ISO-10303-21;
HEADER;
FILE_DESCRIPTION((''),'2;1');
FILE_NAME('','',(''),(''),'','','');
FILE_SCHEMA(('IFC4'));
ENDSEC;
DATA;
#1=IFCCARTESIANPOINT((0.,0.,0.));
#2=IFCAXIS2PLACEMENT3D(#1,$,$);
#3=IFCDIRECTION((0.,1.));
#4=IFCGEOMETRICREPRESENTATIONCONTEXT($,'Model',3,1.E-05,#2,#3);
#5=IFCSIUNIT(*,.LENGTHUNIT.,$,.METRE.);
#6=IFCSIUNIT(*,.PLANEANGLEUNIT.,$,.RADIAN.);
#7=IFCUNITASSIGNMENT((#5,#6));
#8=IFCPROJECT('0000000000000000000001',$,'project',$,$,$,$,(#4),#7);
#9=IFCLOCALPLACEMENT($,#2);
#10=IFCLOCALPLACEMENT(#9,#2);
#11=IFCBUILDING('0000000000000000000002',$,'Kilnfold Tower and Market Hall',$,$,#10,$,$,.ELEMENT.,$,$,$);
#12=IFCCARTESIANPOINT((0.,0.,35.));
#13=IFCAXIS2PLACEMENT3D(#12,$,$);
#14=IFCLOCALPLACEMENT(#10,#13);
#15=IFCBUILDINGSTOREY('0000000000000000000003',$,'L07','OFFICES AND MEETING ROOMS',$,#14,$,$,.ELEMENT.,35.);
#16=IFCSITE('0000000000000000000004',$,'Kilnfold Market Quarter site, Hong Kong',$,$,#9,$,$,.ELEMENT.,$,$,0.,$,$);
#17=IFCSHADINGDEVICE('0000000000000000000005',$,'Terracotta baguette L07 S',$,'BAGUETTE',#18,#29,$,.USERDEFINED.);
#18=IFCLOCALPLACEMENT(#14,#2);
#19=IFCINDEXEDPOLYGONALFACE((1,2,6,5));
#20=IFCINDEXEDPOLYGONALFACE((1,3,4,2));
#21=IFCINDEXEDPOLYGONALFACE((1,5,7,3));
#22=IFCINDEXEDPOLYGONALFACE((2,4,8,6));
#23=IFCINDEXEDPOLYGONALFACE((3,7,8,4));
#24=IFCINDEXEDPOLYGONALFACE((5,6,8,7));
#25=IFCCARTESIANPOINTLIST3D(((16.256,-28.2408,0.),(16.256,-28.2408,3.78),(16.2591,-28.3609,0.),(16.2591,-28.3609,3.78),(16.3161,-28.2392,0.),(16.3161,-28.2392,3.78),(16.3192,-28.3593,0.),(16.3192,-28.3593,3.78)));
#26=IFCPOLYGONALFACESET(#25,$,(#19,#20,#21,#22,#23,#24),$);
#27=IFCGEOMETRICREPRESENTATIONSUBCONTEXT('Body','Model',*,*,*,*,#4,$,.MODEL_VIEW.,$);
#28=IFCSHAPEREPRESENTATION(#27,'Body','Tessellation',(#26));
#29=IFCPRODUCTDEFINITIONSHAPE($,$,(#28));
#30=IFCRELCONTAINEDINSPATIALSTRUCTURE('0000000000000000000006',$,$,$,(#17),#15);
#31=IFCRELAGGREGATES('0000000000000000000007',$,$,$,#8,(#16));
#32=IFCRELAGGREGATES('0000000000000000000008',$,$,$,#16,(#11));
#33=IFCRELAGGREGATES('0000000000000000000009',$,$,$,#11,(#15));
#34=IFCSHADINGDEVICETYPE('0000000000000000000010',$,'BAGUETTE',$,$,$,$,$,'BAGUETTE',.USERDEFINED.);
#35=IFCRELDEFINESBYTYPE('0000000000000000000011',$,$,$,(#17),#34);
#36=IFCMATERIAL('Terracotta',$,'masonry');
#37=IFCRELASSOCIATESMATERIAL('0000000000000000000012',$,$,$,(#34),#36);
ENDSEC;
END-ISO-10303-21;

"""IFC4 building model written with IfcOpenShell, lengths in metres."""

from ifc_helpers import new_model, si_unit, direction, frame, origin, origin_2d, place, context, subcontext, project, spatial, rectangle, extrude, source, transform, mapped, material, material_profile, profile_set, type_object, element, save


model = new_model("IFC4")

# Units and contexts
model_context = context("Model", 3, precision=1e-05, world=origin(), true_north=direction((0.0, 1.0)))
body_context = subcontext(model_context, "Body", "Model", "MODEL_VIEW")
ifc_project = project(units=[si_unit("LENGTHUNIT", "METRE"), si_unit("PLANEANGLEUNIT", "RADIAN")], contexts=[model_context])

# Site, building, storey
site_placement = place(None, origin())
site = spatial("IfcSite", under=ifc_project, at=site_placement, Name="Kilnfold Market Quarter site, Hong Kong", CompositionType="ELEMENT", RefElevation=0.0)
building_placement = place(site_placement, origin())
building = spatial("IfcBuilding", under=site, at=building_placement, Name="Kilnfold Tower and Market Hall", CompositionType="ELEMENT")
storey_placement = place(building_placement, frame((0.0, 0.0, 35.0)))
storey = spatial("IfcBuildingStorey", under=building, at=storey_placement, Name="L07", Description="OFFICES AND MEETING ROOMS", CompositionType="ELEMENT", Elevation=35.0)

# Shading device
ifc_material_1 = material(Name="Terracotta", Category="masonry")
ifc_material_profile_1 = material_profile(ifc_material_1, rectangle(XDim=0.0601, YDim=0.1201, at=origin_2d()), Name="BAG 60x120")
ifc_profile_set_1 = profile_set([ifc_material_profile_1], Name="Terracotta")
shading_device_type = type_object("IfcShadingDeviceType", Name="BAGUETTE", ElementType="BAGUETTE", PredefinedType="USERDEFINED", material=ifc_profile_set_1)
shared_shape_1 = source(origin(), body_context, "Body", "SweptSolid", [
    extrude(rectangle(XDim=0.0601, YDim=0.1201, at=origin_2d()), origin(), (0.0, 0.0, 1.0), 3.78),
])
for number, where, z_axis, x_axis, name in (
    (1, (16.2876, -28.3, 0.0), (0.0, 0.0, 1.0), (0.999667, 0.025821, 0.0), "Terracotta baguette L07 S"),
):
    element("IfcShadingDevice", number, at=place(storey_placement, frame(where, z_axis=z_axis, x_axis=x_axis)), inside=storey, type_object=shading_device_type, Name=name, ObjectType="BAGUETTE", PredefinedType="USERDEFINED", context=body_context, shape_type="MappedRepresentation", body=[
        mapped(shared_shape_1, transform((0.0, 0.0, 0.0))),
    ])

save(model, "model.ifc")
